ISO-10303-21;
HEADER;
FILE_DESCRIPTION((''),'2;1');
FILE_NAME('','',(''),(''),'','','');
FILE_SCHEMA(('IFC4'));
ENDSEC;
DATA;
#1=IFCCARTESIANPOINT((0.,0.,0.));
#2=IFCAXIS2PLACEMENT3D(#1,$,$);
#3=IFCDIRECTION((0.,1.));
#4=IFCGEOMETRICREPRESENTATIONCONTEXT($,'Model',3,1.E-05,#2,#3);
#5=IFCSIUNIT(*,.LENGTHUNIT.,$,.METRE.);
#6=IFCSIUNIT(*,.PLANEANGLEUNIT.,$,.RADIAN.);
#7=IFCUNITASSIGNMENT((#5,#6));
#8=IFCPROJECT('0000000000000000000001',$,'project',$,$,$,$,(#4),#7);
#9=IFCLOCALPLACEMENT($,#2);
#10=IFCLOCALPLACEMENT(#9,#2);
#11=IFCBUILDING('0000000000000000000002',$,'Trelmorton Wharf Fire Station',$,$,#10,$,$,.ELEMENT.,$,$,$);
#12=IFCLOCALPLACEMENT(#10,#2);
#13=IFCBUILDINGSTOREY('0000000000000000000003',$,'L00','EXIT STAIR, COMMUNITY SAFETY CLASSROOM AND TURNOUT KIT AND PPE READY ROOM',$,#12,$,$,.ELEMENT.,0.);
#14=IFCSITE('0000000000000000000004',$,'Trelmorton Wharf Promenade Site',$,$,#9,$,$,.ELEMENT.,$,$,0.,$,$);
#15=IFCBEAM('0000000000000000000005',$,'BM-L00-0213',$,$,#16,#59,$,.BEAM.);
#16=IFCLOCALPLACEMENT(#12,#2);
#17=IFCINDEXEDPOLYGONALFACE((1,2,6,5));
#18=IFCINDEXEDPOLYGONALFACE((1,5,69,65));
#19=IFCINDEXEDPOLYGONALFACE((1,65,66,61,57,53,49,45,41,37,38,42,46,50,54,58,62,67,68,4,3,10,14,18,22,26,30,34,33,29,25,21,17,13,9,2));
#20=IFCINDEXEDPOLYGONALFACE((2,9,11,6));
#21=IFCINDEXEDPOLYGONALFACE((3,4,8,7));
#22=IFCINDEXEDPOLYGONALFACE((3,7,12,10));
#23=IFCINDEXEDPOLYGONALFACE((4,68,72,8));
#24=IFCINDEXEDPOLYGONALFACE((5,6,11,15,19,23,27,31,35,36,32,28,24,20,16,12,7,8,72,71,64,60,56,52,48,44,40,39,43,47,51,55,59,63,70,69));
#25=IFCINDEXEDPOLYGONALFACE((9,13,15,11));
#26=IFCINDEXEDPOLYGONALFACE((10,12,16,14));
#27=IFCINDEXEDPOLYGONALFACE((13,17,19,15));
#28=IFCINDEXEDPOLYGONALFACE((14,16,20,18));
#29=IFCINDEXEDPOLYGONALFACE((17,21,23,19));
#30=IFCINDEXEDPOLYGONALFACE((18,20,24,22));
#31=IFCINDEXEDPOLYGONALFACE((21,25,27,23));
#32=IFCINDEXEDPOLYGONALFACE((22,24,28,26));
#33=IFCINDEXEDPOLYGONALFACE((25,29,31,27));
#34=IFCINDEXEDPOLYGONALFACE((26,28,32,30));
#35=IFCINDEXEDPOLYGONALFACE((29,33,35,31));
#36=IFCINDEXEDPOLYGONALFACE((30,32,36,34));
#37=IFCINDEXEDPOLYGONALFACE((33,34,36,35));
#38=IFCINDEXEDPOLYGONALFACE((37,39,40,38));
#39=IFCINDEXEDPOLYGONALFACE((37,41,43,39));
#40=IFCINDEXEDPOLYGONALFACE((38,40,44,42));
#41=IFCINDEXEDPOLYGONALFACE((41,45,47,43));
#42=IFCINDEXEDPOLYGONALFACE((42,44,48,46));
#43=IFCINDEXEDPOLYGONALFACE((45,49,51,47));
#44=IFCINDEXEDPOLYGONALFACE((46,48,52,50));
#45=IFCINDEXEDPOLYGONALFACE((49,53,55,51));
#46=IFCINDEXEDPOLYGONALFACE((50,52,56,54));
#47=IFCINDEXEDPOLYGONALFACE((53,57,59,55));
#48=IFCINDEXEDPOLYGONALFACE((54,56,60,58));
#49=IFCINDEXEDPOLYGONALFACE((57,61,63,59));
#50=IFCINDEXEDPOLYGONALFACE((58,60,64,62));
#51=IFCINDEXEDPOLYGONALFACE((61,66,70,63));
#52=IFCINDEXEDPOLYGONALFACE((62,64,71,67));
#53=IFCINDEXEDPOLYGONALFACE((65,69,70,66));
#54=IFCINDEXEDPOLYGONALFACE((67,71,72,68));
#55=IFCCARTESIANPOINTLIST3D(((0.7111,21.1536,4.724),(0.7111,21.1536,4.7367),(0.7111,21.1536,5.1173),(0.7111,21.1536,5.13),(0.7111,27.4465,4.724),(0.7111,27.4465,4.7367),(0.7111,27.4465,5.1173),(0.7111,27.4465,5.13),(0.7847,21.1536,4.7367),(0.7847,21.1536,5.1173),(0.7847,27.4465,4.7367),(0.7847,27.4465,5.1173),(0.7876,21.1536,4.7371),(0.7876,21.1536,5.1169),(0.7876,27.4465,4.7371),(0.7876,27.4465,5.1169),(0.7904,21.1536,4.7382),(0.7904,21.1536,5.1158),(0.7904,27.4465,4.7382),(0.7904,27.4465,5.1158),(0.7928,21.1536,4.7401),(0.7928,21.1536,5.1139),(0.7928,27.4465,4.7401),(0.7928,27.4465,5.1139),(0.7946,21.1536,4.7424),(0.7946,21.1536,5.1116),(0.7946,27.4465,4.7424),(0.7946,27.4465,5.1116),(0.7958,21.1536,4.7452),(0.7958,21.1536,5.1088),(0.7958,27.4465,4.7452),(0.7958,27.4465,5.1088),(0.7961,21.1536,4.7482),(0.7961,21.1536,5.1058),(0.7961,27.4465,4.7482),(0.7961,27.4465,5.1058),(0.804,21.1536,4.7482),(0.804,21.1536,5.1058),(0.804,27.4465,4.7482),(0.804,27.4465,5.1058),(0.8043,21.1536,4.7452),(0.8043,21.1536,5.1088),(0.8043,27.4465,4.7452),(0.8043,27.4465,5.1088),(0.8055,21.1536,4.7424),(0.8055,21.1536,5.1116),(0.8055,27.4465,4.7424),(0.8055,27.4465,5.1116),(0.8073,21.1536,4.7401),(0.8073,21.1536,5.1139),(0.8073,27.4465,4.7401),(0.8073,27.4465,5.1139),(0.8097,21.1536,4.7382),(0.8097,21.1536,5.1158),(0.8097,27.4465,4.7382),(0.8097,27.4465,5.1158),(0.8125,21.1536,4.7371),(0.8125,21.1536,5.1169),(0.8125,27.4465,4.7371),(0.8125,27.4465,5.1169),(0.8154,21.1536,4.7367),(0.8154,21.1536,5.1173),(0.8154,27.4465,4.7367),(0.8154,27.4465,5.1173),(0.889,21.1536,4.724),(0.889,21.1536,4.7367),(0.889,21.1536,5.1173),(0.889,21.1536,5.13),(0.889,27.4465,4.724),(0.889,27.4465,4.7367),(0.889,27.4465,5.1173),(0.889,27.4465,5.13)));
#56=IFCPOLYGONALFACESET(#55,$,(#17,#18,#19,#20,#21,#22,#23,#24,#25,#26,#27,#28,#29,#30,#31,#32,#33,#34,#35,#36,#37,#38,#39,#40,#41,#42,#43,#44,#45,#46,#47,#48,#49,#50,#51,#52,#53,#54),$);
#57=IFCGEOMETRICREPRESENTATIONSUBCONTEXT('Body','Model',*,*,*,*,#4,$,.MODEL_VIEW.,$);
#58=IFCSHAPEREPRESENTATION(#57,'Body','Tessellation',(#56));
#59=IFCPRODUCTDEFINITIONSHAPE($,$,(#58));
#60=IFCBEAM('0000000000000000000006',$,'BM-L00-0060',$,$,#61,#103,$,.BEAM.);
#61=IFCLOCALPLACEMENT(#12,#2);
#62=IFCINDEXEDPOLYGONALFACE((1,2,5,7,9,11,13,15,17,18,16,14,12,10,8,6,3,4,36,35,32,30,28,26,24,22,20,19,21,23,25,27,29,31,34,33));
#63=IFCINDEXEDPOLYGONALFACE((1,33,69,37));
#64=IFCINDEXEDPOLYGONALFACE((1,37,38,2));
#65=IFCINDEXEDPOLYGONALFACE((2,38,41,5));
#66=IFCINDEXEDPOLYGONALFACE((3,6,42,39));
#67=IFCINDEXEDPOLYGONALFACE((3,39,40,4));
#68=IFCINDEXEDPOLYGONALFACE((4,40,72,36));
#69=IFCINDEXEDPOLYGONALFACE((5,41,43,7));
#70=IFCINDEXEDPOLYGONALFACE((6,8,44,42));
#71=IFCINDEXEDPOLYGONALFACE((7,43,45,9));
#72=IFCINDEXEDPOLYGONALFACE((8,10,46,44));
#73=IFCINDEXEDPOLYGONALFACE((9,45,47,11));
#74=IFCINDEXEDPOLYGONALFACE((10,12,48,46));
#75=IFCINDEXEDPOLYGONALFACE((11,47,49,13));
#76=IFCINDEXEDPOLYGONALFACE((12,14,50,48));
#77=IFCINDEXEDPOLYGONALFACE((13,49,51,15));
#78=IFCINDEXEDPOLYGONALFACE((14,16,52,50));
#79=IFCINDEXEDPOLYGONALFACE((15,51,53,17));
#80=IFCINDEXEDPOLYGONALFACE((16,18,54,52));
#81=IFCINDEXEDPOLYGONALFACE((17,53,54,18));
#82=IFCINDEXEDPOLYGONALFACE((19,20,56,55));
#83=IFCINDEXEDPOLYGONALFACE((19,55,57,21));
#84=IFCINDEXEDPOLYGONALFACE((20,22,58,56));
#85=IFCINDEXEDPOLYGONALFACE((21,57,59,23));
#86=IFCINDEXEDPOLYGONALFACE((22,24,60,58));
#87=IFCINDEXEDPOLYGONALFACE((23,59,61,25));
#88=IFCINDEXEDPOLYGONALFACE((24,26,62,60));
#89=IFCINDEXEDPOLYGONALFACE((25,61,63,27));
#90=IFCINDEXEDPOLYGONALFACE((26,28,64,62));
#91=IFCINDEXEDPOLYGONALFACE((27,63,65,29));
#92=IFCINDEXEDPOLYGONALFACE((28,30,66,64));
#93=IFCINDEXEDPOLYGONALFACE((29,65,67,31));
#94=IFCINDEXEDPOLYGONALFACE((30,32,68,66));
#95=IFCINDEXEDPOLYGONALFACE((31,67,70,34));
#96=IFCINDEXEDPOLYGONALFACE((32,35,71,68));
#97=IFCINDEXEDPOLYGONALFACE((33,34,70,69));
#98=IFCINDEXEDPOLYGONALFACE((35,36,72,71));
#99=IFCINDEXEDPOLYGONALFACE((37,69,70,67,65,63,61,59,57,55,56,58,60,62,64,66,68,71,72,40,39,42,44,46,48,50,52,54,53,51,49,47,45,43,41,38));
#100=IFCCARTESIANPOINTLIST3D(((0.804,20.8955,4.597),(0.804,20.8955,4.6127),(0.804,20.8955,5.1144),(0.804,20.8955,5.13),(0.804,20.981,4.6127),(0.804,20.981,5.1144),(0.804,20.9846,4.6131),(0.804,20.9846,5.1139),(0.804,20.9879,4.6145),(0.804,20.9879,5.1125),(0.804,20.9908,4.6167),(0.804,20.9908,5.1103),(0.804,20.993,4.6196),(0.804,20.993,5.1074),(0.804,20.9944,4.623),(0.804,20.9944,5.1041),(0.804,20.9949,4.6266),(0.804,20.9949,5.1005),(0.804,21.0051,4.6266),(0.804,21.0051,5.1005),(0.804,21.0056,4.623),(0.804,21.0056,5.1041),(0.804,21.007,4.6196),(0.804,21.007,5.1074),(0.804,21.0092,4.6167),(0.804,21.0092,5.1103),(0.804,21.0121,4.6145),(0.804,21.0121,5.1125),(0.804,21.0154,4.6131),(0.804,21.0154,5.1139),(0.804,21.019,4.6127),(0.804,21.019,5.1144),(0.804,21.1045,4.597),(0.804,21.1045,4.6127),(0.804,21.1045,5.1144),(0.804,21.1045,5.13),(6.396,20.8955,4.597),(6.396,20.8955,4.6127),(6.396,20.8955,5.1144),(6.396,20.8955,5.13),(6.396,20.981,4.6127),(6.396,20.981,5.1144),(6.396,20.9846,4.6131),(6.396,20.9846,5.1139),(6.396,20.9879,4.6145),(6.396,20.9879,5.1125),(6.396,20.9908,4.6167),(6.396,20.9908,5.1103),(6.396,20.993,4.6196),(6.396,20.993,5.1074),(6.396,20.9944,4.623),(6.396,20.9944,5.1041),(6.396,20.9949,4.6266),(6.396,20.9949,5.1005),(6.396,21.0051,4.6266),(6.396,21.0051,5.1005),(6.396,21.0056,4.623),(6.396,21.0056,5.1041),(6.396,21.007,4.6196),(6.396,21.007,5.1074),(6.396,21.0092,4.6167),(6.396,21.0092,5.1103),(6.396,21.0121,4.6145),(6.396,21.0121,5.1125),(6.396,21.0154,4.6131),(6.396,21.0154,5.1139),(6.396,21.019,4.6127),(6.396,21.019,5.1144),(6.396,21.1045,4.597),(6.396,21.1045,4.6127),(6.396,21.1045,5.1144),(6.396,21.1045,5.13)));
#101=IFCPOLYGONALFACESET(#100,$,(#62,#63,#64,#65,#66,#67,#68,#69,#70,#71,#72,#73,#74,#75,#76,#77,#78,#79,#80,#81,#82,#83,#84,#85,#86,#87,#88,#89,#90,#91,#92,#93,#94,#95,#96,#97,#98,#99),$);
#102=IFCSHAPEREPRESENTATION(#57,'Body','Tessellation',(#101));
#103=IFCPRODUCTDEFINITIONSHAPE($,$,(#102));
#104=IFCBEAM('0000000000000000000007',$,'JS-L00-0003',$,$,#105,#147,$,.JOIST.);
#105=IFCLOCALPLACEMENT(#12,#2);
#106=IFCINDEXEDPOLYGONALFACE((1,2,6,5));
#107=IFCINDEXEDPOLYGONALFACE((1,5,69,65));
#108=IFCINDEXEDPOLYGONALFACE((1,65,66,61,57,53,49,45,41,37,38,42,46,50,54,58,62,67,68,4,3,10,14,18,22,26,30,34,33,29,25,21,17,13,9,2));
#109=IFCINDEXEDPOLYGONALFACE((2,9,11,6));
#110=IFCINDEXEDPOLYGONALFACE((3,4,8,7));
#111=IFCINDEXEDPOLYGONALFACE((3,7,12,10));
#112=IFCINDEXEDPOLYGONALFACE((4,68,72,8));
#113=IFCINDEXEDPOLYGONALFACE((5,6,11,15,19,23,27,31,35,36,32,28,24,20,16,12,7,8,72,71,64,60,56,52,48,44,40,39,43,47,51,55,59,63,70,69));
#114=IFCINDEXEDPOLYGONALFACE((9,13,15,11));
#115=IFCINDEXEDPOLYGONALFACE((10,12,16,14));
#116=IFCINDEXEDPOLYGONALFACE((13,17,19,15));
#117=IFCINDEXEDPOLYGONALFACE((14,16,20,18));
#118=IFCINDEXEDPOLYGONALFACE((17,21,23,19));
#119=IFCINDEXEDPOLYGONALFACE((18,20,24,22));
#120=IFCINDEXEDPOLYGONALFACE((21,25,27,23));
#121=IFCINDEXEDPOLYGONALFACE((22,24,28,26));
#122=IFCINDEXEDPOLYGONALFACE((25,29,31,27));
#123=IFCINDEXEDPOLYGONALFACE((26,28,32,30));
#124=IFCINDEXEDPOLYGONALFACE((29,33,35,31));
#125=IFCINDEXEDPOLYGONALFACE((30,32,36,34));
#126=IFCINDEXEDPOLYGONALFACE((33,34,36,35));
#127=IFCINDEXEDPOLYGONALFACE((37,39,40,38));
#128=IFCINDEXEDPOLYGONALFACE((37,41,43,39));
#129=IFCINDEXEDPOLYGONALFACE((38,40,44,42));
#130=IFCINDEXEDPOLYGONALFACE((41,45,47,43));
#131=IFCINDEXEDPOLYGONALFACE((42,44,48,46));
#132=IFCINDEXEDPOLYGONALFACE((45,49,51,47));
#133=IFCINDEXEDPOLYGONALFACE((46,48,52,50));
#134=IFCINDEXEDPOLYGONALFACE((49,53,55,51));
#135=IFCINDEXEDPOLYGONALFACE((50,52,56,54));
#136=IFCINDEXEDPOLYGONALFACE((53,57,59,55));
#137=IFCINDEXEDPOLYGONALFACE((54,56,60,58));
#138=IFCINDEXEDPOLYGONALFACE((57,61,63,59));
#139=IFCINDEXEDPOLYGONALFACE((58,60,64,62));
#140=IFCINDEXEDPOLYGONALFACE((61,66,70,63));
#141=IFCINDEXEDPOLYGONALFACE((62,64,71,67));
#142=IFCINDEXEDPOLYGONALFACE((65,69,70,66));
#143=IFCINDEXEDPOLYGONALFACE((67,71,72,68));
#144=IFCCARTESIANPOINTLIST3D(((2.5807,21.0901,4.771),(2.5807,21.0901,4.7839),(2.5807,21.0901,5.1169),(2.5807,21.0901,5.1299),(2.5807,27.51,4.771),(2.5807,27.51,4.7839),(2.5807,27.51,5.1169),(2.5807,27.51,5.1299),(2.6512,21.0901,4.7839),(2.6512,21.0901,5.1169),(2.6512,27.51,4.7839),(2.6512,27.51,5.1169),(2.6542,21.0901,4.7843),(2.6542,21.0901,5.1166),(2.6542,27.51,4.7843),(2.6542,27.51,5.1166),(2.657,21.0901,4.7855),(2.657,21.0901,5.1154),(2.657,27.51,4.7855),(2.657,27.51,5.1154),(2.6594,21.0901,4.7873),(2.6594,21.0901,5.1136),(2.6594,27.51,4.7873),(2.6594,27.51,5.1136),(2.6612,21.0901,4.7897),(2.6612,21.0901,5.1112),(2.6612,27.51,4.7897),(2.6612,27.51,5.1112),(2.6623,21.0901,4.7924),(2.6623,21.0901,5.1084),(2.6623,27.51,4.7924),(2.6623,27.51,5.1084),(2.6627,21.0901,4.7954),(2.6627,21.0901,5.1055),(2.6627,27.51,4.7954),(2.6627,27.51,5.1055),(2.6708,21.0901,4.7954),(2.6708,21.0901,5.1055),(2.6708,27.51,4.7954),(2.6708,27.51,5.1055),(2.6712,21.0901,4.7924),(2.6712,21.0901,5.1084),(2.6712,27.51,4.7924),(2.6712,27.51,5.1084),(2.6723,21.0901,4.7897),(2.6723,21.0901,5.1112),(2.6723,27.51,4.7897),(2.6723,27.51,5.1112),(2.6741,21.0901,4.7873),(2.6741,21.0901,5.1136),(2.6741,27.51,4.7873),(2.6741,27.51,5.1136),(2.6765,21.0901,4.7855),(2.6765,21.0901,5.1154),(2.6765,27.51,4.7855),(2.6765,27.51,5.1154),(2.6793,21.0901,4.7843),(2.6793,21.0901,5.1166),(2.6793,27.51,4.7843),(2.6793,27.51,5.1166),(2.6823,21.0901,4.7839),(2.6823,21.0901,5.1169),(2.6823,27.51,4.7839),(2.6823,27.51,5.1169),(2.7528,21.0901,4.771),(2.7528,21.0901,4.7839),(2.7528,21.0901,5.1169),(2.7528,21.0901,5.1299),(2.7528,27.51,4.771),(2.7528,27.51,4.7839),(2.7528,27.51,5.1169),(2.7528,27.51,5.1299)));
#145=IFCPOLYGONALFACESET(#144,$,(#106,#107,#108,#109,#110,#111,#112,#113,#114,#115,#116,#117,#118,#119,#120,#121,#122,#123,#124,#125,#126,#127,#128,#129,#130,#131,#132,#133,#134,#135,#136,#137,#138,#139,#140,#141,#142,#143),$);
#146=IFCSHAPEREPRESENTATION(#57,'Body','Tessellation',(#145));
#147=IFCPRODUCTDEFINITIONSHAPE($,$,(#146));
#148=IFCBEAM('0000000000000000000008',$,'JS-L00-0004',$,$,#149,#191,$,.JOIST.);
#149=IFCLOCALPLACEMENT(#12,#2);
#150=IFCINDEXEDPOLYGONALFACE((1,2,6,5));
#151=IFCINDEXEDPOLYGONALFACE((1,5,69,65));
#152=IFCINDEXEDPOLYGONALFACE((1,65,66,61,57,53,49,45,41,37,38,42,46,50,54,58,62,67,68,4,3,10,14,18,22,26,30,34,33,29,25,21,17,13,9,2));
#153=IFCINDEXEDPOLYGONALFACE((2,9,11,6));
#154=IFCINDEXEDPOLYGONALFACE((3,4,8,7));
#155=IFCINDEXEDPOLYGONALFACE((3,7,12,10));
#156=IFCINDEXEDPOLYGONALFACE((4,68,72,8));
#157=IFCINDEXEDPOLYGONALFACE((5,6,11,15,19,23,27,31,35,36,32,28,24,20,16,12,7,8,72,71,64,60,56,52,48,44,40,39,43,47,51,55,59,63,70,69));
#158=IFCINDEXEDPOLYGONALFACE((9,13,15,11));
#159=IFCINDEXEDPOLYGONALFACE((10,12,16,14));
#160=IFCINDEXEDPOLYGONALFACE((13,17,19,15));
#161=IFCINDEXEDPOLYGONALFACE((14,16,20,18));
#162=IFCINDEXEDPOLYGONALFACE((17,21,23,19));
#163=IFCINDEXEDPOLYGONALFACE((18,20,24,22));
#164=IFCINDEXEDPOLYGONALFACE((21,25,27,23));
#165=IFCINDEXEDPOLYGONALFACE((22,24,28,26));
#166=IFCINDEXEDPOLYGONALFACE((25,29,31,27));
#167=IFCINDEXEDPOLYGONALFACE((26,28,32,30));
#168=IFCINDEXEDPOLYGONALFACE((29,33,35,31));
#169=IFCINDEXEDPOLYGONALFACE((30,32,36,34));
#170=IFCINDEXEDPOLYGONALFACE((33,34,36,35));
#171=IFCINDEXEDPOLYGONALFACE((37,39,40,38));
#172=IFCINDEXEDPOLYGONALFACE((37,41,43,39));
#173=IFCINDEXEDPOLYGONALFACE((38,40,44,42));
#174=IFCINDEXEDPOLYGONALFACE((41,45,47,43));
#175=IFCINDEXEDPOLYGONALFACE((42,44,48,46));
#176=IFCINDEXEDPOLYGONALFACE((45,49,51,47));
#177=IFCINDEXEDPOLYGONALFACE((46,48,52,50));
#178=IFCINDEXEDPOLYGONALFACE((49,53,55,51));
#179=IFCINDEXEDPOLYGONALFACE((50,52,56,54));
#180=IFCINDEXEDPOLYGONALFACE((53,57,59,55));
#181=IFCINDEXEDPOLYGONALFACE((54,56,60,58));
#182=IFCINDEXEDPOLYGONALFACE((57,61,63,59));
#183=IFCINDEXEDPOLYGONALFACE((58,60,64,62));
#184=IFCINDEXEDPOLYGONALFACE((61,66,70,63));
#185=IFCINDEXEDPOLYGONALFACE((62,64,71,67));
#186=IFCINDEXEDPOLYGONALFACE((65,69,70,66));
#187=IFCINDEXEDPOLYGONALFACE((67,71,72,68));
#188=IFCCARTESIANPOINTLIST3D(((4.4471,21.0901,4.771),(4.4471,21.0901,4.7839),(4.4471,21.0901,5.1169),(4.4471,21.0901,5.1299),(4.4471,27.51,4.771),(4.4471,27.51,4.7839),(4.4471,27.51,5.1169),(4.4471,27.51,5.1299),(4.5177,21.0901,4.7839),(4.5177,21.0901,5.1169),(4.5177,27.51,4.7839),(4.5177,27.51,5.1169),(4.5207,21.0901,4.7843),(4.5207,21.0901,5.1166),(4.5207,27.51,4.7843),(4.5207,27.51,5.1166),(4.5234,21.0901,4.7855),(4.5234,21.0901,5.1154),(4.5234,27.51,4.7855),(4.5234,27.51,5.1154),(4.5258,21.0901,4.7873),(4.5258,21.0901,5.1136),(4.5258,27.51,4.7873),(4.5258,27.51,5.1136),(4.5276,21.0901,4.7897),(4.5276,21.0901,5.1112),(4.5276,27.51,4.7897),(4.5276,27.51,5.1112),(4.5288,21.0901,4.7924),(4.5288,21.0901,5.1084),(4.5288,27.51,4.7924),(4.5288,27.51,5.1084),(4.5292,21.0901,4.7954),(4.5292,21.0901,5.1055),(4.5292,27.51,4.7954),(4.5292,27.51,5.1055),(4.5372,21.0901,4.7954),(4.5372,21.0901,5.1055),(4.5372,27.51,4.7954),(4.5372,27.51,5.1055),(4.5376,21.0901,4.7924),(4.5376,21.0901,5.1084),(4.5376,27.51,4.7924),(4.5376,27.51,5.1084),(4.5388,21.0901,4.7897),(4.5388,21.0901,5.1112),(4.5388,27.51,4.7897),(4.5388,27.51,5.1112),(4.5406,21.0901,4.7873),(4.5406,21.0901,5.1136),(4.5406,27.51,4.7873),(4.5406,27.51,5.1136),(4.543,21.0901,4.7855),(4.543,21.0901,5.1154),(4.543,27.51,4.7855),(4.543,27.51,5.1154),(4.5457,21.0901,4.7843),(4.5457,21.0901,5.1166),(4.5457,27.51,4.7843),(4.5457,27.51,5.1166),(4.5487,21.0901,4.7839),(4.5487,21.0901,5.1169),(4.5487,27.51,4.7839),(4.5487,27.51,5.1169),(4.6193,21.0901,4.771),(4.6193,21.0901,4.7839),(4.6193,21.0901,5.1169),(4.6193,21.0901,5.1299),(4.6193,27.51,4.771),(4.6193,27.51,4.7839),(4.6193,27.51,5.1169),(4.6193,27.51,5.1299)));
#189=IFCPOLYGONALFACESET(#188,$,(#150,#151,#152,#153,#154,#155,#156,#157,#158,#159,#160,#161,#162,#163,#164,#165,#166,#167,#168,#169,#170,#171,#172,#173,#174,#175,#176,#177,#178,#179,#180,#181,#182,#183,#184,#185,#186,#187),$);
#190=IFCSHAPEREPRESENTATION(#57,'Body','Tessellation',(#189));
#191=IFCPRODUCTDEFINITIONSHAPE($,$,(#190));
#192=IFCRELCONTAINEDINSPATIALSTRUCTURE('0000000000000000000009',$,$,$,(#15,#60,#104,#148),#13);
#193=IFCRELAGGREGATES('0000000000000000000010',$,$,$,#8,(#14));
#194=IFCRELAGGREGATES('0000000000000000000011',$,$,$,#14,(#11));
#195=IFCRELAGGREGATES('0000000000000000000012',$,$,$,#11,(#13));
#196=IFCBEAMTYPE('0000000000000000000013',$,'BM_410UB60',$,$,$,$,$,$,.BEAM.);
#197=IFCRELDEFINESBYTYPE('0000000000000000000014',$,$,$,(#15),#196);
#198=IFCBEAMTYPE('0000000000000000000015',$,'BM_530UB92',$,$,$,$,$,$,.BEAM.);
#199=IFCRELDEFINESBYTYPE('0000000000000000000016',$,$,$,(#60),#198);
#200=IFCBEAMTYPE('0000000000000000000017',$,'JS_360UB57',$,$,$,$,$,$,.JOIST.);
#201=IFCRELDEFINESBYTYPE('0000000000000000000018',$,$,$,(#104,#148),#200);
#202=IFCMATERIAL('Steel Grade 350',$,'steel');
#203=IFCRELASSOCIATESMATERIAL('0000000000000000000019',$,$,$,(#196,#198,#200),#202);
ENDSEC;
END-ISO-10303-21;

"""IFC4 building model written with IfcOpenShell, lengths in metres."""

from ifc_helpers import new_model, si_unit, direction, frame, origin, origin_2d, place, context, subcontext, project, spatial, i_section, extrude, material, material_profile, profile_set, type_object, element, save


model = new_model("IFC4")

# Units and contexts
model_context = context("Model", 3, precision=1e-05, world=origin(), true_north=direction((0.0, 1.0)))
body_context = subcontext(model_context, "Body", "Model", "MODEL_VIEW")
ifc_project = project(units=[si_unit("LENGTHUNIT", "METRE"), si_unit("PLANEANGLEUNIT", "RADIAN")], contexts=[model_context])

# Site, building, storey
site_placement = place(None, origin())
site = spatial("IfcSite", under=ifc_project, at=site_placement, Name="Trelmorton Wharf Promenade Site", CompositionType="ELEMENT", RefElevation=0.0)
building_placement = place(site_placement, origin())
building = spatial("IfcBuilding", under=site, at=building_placement, Name="Trelmorton Wharf Fire Station", CompositionType="ELEMENT")
storey_placement = place(building_placement, origin())
storey = spatial("IfcBuildingStorey", under=building, at=storey_placement, Name="L00", Description="EXIT STAIR, COMMUNITY SAFETY CLASSROOM AND TURNOUT KIT AND PPE READY ROOM", CompositionType="ELEMENT", Elevation=0.0)

# Shared definitions
ifc_material_1 = material(Name="Steel Grade 350", Category="steel")

# Beams
ifc_material_profile_1 = material_profile(ifc_material_1, i_section(OverallWidth=0.178, OverallDepth=0.406, WebThickness=0.0078, FlangeThickness=0.0127, FilletRadius=0.0115, at=origin_2d()), Name="410UB59.7")
ifc_profile_set_1 = profile_set([ifc_material_profile_1], Name="Steel Grade 350")
beam_type_1 = type_object("IfcBeamType", Name="BM_410UB60", PredefinedType="BEAM", material=ifc_profile_set_1)
beam_1_placement = place(storey_placement, frame((0.8, 21.1536, 4.927), z_axis=(0.0, 1.0, 0.0), x_axis=(-1.0, 0.0, 0.0)))
element("IfcBeam", 1, at=beam_1_placement, inside=storey, type_object=beam_type_1, Name="BM-L00-0213", PredefinedType="BEAM", context=body_context, shape_type="SweptSolid", body=[
    extrude(i_section(OverallWidth=0.178, OverallDepth=0.406, WebThickness=0.0078, FlangeThickness=0.0127, FilletRadius=0.0115, at=origin_2d()), origin(), (0.0, 0.0, 1.0), 6.293),
])
ifc_material_profile_2 = material_profile(ifc_material_1, i_section(OverallWidth=0.209, OverallDepth=0.533, WebThickness=0.0103, FlangeThickness=0.0156, FilletRadius=0.0139, at=origin_2d()), Name="530UB92.4")
ifc_profile_set_2 = profile_set([ifc_material_profile_2], Name="Steel Grade 350")
beam_type_2 = type_object("IfcBeamType", Name="BM_530UB92", PredefinedType="BEAM", material=ifc_profile_set_2)
beam_2_placement = place(storey_placement, frame((0.804, 21.0, 4.8635), z_axis=(1.0, 0.0, 0.0), x_axis=(0.0, 1.0, 0.0)))
element("IfcBeam", 2, at=beam_2_placement, inside=storey, type_object=beam_type_2, Name="BM-L00-0060", PredefinedType="BEAM", context=body_context, shape_type="SweptSolid", body=[
    extrude(i_section(OverallWidth=0.209, OverallDepth=0.533, WebThickness=0.0103, FlangeThickness=0.0156, FilletRadius=0.0139, at=origin_2d()), origin(), (0.0, 0.0, 1.0), 5.592),
])
ifc_material_profile_3 = material_profile(ifc_material_1, i_section(OverallWidth=0.1721, OverallDepth=0.3589, WebThickness=0.0081, FlangeThickness=0.0129, FilletRadius=0.0115, at=origin_2d()), Name="360UB56.7")
ifc_profile_set_3 = profile_set([ifc_material_profile_3], Name="Steel Grade 350")
beam_type_3 = type_object("IfcBeamType", Name="JS_360UB57", PredefinedType="JOIST", material=ifc_profile_set_3)
for number, where, z_axis, x_axis, name in (
    (3, (2.6667, 21.0901, 4.9504), (0.0, 1.0, 0.0), (-1.0, 0.0, 0.0), "JS-L00-0003"),
    (4, (4.5332, 21.0901, 4.9504), (0.0, 1.0, 0.0), (-1.0, 0.0, 0.0), "JS-L00-0004"),
):
    element("IfcBeam", number, at=place(storey_placement, frame(where, z_axis=z_axis, x_axis=x_axis)), inside=storey, type_object=beam_type_3, Name=name, PredefinedType="JOIST", context=body_context, shape_type="SweptSolid", body=[
        extrude(i_section(OverallWidth=0.1721, OverallDepth=0.3589, WebThickness=0.0081, FlangeThickness=0.0129, FilletRadius=0.0115, at=origin_2d()), origin(), (0.0, 0.0, 1.0), 6.4199),
    ])

save(model, "model.ifc")
